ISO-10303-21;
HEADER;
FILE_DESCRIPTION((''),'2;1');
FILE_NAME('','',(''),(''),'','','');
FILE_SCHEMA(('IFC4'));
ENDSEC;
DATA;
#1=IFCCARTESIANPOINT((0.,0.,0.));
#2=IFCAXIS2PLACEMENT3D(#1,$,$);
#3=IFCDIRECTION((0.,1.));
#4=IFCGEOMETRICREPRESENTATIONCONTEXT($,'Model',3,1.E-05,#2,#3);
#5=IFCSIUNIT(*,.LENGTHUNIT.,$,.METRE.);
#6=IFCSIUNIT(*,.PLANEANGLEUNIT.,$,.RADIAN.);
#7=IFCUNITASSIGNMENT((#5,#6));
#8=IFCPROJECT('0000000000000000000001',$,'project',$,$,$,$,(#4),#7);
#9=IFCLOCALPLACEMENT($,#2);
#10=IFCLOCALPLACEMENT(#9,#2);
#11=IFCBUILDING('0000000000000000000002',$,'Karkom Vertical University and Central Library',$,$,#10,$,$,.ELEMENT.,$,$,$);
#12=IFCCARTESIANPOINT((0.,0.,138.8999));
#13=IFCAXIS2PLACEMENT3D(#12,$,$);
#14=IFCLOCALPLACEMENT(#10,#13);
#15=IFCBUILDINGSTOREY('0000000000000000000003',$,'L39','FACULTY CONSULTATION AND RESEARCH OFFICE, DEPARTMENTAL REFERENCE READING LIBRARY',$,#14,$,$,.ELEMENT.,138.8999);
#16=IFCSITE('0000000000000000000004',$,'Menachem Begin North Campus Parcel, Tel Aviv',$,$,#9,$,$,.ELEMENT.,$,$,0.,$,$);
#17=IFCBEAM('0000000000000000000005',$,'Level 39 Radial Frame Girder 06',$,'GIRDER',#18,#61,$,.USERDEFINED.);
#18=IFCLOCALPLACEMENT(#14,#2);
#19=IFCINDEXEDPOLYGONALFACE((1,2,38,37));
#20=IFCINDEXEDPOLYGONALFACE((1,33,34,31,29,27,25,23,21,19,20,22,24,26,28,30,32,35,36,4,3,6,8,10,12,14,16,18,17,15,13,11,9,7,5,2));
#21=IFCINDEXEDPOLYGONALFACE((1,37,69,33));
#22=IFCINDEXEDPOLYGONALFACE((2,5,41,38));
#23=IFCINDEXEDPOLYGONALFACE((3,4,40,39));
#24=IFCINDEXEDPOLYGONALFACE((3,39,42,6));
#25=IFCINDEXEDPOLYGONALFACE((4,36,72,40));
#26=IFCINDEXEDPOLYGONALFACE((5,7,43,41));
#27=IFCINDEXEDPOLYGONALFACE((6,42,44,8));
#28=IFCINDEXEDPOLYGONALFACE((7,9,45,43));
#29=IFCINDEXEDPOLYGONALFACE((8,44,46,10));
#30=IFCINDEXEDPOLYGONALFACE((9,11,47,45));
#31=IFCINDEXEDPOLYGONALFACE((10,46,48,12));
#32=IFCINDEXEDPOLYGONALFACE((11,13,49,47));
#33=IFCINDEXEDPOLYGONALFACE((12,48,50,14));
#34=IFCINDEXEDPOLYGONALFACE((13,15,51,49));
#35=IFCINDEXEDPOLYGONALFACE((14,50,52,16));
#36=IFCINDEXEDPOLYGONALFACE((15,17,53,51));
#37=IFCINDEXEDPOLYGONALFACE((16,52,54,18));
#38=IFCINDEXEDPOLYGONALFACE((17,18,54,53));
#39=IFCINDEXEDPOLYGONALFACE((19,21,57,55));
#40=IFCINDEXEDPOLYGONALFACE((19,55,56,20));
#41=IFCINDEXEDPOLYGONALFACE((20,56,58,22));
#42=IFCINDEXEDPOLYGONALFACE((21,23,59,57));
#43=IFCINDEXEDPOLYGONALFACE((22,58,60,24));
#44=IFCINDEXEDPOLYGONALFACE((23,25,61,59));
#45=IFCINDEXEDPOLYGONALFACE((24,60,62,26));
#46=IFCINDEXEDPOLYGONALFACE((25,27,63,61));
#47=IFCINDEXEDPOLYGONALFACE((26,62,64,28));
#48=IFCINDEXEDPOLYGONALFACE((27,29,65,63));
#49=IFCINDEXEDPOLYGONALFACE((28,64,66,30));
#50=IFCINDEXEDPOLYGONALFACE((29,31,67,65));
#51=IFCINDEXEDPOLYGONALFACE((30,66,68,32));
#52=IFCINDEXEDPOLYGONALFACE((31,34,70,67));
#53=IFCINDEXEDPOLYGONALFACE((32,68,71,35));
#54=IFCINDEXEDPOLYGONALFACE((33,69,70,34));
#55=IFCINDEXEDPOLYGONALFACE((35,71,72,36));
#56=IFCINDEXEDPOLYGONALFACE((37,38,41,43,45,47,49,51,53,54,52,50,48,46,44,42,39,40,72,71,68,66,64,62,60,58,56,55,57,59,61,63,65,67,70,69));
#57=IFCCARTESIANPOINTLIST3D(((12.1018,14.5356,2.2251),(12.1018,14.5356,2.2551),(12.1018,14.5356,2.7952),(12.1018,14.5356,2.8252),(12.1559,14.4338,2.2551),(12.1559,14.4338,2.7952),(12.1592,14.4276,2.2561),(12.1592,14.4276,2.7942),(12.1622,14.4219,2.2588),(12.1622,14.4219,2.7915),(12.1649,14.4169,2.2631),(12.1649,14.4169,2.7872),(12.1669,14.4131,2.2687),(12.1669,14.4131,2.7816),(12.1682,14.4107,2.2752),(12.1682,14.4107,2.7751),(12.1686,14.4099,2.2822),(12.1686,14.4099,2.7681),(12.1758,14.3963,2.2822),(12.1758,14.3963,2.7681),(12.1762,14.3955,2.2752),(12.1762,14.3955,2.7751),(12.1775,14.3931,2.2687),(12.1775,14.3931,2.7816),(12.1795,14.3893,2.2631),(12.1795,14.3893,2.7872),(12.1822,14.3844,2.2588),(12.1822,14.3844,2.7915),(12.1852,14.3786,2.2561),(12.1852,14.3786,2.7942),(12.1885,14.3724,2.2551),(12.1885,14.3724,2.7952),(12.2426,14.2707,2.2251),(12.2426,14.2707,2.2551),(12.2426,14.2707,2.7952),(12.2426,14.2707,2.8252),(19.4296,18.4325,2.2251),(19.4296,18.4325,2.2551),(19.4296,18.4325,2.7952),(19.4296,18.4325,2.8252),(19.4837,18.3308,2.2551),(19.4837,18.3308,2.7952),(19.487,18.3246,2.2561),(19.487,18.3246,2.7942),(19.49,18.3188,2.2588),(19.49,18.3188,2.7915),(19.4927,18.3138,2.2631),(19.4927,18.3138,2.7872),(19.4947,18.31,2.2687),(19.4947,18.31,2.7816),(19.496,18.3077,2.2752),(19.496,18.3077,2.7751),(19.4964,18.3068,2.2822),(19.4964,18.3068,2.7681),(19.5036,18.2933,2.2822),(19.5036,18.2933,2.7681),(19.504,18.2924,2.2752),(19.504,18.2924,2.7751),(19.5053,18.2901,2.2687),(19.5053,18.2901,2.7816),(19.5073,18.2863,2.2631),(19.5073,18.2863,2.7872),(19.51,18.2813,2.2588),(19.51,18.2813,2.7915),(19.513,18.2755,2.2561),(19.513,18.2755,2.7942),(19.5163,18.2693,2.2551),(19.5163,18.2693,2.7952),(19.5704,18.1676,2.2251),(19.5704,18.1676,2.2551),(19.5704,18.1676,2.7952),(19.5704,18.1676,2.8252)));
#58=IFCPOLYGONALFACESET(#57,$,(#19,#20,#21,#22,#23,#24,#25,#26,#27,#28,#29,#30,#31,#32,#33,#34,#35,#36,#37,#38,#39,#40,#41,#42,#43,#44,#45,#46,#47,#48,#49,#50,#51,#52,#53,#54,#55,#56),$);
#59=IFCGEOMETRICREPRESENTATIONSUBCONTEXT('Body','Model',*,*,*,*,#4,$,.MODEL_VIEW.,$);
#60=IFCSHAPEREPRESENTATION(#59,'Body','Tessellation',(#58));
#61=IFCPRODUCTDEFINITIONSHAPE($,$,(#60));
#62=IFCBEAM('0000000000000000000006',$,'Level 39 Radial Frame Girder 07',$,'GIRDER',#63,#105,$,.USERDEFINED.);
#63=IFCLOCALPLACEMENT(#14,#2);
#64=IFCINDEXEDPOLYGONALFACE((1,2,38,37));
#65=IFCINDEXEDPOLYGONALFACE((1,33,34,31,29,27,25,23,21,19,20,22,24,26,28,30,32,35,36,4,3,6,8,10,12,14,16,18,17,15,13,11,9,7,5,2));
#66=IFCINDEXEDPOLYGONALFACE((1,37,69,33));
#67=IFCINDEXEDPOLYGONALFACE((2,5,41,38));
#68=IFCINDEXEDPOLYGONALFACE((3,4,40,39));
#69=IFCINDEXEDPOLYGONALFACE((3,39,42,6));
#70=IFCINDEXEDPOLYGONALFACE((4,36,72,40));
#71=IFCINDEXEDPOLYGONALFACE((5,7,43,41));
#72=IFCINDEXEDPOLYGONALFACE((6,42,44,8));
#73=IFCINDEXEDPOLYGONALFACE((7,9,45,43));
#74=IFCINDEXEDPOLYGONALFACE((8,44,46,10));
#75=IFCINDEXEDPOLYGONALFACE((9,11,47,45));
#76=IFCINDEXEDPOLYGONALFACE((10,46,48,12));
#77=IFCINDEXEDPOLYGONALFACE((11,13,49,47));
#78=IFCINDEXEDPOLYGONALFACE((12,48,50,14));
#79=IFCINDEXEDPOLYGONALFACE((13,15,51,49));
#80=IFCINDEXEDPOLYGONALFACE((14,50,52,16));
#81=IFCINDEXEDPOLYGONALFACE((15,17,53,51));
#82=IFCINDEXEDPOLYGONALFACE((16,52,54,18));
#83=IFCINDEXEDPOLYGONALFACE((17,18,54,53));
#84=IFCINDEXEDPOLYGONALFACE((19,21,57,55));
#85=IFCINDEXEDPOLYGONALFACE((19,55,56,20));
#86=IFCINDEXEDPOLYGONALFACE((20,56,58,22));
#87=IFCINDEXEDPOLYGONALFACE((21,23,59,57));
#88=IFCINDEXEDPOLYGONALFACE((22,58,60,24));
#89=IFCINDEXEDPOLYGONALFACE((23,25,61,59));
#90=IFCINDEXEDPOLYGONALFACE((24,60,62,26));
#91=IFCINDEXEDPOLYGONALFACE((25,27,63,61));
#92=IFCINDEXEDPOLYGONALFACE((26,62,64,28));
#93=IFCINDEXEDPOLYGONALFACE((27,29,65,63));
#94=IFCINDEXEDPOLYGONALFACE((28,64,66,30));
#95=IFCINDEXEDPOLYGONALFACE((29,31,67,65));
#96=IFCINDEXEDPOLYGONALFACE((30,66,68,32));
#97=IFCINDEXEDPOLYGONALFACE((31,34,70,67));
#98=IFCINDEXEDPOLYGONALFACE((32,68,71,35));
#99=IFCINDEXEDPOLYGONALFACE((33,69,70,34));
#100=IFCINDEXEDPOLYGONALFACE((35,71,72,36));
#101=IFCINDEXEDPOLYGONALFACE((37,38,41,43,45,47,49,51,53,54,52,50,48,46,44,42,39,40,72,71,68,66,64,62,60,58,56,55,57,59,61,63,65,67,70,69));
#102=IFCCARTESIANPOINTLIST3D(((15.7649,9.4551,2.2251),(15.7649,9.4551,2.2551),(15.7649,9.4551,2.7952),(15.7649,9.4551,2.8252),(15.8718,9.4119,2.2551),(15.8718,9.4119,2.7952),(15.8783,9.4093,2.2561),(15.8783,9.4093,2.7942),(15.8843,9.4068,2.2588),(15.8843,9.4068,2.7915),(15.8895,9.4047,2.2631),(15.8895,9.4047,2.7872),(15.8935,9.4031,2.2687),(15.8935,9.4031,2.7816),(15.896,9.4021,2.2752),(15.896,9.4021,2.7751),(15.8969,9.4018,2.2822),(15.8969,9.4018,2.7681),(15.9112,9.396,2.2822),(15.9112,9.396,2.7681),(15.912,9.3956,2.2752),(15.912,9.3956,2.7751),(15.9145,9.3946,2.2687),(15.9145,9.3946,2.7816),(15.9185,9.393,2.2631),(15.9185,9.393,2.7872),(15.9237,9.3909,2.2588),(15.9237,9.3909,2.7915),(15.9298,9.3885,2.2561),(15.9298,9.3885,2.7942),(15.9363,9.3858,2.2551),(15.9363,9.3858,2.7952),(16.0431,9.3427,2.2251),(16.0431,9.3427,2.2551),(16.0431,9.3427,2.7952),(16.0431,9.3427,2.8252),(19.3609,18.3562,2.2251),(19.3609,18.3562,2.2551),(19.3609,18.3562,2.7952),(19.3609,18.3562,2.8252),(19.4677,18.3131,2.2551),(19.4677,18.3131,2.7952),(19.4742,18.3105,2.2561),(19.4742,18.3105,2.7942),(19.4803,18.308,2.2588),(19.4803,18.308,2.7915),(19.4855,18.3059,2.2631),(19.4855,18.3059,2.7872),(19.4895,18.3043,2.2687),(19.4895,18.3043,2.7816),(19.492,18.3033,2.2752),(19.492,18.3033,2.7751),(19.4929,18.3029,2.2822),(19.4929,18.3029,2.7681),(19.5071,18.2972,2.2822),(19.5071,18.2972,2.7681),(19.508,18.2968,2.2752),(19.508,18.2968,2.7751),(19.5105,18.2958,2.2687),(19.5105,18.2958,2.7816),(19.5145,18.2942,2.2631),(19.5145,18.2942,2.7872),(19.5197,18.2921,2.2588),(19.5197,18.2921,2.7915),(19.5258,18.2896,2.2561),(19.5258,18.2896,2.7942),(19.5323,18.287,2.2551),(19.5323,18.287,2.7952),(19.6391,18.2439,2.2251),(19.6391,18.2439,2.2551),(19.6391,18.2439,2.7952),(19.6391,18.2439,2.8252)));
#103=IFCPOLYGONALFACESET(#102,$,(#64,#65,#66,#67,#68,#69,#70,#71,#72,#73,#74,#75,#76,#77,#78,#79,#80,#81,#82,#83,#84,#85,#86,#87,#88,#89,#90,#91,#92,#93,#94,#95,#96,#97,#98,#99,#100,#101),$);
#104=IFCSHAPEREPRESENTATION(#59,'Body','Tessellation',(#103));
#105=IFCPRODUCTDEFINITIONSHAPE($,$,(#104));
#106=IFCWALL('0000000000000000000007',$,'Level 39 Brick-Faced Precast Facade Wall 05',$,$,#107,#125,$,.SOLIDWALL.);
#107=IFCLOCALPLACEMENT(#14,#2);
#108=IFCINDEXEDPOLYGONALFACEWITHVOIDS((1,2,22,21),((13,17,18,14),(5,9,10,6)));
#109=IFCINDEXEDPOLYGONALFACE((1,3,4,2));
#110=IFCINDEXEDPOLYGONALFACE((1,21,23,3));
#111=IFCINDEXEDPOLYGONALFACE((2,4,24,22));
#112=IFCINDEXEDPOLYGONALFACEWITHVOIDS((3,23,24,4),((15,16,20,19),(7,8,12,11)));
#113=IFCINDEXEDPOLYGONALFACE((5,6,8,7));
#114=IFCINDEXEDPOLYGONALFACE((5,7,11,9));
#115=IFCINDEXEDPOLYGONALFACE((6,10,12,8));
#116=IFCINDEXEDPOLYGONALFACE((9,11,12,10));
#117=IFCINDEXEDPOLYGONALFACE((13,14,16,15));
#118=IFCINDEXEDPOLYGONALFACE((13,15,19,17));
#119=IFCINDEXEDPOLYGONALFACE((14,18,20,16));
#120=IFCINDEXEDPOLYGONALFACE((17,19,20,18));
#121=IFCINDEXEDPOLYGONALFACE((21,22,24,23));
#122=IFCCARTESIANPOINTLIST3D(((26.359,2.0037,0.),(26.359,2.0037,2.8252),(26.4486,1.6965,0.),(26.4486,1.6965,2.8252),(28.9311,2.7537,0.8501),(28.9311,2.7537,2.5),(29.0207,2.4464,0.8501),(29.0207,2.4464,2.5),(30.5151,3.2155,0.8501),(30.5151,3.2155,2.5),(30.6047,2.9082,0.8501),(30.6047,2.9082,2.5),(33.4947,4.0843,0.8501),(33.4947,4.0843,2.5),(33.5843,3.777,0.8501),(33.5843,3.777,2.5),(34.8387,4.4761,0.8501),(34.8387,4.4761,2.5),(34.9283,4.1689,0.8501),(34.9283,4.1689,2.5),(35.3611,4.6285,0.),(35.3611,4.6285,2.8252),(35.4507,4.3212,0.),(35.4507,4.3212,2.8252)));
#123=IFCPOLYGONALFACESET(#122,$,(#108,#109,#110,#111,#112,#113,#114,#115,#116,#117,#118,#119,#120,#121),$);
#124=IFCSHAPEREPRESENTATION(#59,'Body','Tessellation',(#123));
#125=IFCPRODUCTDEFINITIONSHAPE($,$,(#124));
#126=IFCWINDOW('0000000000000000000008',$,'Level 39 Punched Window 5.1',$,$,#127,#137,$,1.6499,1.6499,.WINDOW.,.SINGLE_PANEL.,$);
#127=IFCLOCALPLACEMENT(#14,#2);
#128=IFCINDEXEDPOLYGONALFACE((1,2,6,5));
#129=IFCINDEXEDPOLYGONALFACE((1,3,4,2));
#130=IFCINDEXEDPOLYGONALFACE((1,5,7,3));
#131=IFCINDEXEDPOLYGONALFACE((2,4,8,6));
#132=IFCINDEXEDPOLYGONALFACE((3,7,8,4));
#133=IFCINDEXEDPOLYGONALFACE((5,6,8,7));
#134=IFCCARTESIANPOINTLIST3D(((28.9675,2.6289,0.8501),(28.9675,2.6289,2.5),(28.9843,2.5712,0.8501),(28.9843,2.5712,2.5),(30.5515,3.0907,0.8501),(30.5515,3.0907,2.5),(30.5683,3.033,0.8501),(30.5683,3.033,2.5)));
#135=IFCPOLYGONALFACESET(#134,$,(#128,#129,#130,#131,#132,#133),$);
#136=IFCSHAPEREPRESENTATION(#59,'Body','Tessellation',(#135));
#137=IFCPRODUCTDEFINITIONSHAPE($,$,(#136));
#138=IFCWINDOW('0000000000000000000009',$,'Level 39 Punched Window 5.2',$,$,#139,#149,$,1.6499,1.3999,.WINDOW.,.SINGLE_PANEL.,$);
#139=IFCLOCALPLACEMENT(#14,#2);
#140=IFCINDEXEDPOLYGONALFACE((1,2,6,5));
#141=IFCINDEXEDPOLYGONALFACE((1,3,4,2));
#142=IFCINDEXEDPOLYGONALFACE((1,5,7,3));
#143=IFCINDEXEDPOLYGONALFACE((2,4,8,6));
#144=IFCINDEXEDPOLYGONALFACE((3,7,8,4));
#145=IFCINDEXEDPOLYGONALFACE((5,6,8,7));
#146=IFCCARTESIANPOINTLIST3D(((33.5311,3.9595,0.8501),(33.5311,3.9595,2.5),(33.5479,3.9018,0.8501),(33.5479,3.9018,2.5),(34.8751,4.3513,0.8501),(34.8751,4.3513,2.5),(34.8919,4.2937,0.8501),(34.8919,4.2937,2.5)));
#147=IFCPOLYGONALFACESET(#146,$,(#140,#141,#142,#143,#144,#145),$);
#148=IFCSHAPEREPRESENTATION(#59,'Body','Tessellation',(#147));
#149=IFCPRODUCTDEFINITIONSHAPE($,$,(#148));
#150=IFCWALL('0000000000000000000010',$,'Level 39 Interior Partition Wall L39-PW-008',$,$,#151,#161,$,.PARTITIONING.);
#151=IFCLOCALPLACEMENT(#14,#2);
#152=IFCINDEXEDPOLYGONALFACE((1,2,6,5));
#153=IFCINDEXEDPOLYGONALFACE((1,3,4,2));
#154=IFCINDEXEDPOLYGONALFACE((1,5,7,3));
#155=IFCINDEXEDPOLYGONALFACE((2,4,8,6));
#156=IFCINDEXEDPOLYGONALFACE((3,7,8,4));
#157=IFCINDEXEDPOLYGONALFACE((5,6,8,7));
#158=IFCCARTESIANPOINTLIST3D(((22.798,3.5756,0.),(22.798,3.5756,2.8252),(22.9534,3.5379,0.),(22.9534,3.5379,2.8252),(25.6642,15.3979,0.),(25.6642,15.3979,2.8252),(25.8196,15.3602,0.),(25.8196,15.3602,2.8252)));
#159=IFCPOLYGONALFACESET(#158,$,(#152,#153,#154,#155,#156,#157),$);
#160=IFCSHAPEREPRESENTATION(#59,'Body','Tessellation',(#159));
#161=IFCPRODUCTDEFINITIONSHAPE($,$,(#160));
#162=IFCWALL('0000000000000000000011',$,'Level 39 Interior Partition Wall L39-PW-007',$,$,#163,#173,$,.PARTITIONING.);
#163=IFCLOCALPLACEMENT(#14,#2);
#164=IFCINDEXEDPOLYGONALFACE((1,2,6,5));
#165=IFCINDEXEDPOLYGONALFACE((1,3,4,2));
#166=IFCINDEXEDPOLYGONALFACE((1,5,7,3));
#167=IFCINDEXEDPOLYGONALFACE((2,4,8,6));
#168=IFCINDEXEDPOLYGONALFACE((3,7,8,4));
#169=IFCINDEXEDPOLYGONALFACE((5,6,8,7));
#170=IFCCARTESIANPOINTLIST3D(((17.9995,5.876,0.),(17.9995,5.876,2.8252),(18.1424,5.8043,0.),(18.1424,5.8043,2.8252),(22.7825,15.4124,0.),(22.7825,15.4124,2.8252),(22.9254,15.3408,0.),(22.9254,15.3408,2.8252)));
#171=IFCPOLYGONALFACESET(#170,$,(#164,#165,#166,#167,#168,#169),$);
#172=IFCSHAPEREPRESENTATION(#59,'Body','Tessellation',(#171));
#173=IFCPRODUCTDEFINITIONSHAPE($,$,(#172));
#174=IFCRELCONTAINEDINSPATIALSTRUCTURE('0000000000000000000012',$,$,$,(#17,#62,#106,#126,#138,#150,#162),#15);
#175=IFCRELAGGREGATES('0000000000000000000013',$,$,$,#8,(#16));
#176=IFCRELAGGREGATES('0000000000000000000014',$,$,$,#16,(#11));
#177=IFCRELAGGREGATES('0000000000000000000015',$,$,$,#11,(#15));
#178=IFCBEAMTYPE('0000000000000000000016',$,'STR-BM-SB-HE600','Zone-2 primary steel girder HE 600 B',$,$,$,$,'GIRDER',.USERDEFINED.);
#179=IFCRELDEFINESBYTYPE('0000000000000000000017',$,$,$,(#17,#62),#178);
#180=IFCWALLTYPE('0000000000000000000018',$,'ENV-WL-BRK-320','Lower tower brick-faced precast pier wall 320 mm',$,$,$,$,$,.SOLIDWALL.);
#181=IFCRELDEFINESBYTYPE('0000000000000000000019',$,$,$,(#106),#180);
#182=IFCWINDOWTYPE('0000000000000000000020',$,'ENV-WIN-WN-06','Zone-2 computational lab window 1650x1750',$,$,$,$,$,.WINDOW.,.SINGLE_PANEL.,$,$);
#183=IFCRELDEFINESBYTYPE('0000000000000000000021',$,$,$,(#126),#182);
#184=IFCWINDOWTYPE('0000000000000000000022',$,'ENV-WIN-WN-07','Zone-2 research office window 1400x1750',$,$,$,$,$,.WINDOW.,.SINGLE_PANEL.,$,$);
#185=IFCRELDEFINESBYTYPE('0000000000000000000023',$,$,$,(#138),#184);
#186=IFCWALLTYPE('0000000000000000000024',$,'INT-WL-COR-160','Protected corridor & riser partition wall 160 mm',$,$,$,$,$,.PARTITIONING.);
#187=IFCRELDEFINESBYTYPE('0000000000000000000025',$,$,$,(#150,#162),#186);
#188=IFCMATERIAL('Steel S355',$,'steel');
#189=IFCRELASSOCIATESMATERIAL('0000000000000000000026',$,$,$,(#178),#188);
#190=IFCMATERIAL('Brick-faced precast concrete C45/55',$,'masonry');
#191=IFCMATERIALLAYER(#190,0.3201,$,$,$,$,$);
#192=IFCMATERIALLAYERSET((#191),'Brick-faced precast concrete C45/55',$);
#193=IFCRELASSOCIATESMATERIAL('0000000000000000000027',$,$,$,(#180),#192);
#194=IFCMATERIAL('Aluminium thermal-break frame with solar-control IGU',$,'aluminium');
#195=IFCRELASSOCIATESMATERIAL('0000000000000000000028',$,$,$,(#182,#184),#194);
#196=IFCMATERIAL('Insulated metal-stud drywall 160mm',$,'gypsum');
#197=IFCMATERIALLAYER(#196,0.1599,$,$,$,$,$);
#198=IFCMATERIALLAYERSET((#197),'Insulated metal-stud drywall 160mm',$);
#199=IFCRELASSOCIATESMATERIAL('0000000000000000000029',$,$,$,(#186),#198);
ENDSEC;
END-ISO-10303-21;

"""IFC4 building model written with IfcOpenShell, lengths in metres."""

from ifc_helpers import new_model, si_unit, direction, frame, frame_2d, origin, origin_with_axes, origin_2d, place, context, subcontext, project, spatial, rectangle, i_section, extrude, source, transform, mapped, material, layer, layer_set, material_profile, profile_set, type_object, element, fill, save


model = new_model("IFC4")

# Units and contexts
model_context = context("Model", 3, precision=1e-05, world=origin(), true_north=direction((0.0, 1.0)))
body_context = subcontext(model_context, "Body", "Model", "MODEL_VIEW")
ifc_project = project(units=[si_unit("LENGTHUNIT", "METRE"), si_unit("PLANEANGLEUNIT", "RADIAN")], contexts=[model_context])

# Site, building, storey
site_placement = place(None, origin())
site = spatial("IfcSite", under=ifc_project, at=site_placement, Name="Menachem Begin North Campus Parcel, Tel Aviv", CompositionType="ELEMENT", RefElevation=0.0)
building_placement = place(site_placement, origin())
building = spatial("IfcBuilding", under=site, at=building_placement, Name="Karkom Vertical University and Central Library", CompositionType="ELEMENT")
storey_placement = place(building_placement, frame((0.0, 0.0, 138.8999)))
storey = spatial("IfcBuildingStorey", under=building, at=storey_placement, Name="L39", Description="FACULTY CONSULTATION AND RESEARCH OFFICE, DEPARTMENTAL REFERENCE READING LIBRARY", CompositionType="ELEMENT", Elevation=138.8999)

# Beams
ifc_material_1 = material(Name="Steel S355", Category="steel")
ifc_material_profile_1 = material_profile(ifc_material_1, i_section(OverallWidth=0.3, OverallDepth=0.6001, WebThickness=0.0154, FlangeThickness=0.03, FilletRadius=0.0271, at=origin_2d()), Name="HE 600 B")
ifc_profile_set_1 = profile_set([ifc_material_profile_1], Name="Steel S355")
beam_type_1 = type_object("IfcBeamType", Name="STR-BM-SB-HE600", Description="Zone-2 primary steel girder HE 600 B", ElementType="GIRDER", PredefinedType="USERDEFINED", material=ifc_profile_set_1)
shared_shape_1 = source(origin_with_axes(), body_context, "Body", "SweptSolid", [
    extrude(i_section(OverallWidth=0.3, OverallDepth=0.6001, WebThickness=0.0154, FlangeThickness=0.03, FilletRadius=0.0271, at=origin_2d()), origin(), (0.0, 0.0, 1.0), 8.2996),
])
beam_1_placement = place(storey_placement, frame((19.5, 18.3, 2.5251), z_axis=(-0.882914, -0.469534, 0.0), x_axis=(0.469534, -0.882914, 0.0)))
element("IfcBeam", 1, at=beam_1_placement, inside=storey, type_object=beam_type_1, Name="Level 39 Radial Frame Girder 06", ObjectType="GIRDER", PredefinedType="USERDEFINED", context=body_context, shape_type="MappedRepresentation", body=[
    mapped(shared_shape_1, transform((0.0, 0.0, 0.0), scale=1.0)),
])
shared_shape_2 = source(origin_with_axes(), body_context, "Body", "SweptSolid", [
    extrude(i_section(OverallWidth=0.3, OverallDepth=0.6001, WebThickness=0.0154, FlangeThickness=0.03, FilletRadius=0.0271, at=origin_2d()), origin(), (0.0, 0.0, 1.0), 9.6001),
])
beam_2_placement = place(storey_placement, frame((19.5, 18.3, 2.5251), z_axis=(-0.374576, -0.927196, 0.0), x_axis=(0.927196, -0.374576, 0.0)))
element("IfcBeam", 2, at=beam_2_placement, inside=storey, type_object=beam_type_1, Name="Level 39 Radial Frame Girder 07", ObjectType="GIRDER", PredefinedType="USERDEFINED", context=body_context, shape_type="MappedRepresentation", body=[
    mapped(shared_shape_2, transform((0.0, 0.0, 0.0), scale=1.0)),
])

# Wall, openings, windows
ifc_material_2 = material(Name="Brick-faced precast concrete C45/55", Category="masonry")
ifc_layer_1 = layer(ifc_material_2, 0.3201)
ifc_layer_set_1 = layer_set([ifc_layer_1], Name="Brick-faced precast concrete C45/55")
wall_type_1 = type_object("IfcWallType", Name="ENV-WL-BRK-320", Description="Lower tower brick-faced precast pier wall 320 mm", PredefinedType="SOLIDWALL", material=ifc_layer_set_1)
wall_1_placement = place(storey_placement, frame((26.4038, 1.8501, 0.0), z_axis=(0.0, 0.0, 1.0), x_axis=(0.960025, 0.279913, 0.0)))
wall_1 = element("IfcWall", 3, at=wall_1_placement, inside=storey, type_object=wall_type_1, Name="Level 39 Brick-Faced Precast Facade Wall 05", PredefinedType="SOLIDWALL", context=body_context, shape_type="SweptSolid", body=[
    extrude(rectangle(XDim=9.377, YDim=0.3201, at=frame_2d((4.6885, 0.0))), origin(), (0.0, 0.0, 1.0), 2.8252),
])
opening_1_placement = place(wall_1_placement, frame((2.6792, 0.0, 0.8501)))
opening_1 = element("IfcOpeningElement", 4, at=opening_1_placement, cuts=wall_1, PredefinedType="OPENING", context=body_context, shape_type="SweptSolid", body=[
    extrude(rectangle(XDim=1.6499, YDim=1.6499, at=frame_2d((0.825, 0.825))), frame((0.0, 0.1699, 0.0), z_axis=(0.0, -1.0, 0.0), x_axis=(1.0, 0.0, 0.0)), (0.0, 0.0, 1.0), 0.3401),
])
opening_2_placement = place(wall_1_placement, frame((7.4329, 0.0, 0.8501)))
opening_2 = element("IfcOpeningElement", 5, at=opening_2_placement, cuts=wall_1, PredefinedType="OPENING", context=body_context, shape_type="SweptSolid", body=[
    extrude(rectangle(XDim=1.3999, YDim=1.6499, at=frame_2d((0.7, 0.825))), frame((0.0, 0.1699, 0.0), z_axis=(0.0, -1.0, 0.0), x_axis=(1.0, 0.0, 0.0)), (0.0, 0.0, 1.0), 0.3401),
])
ifc_material_3 = material(Name="Aluminium thermal-break frame with solar-control IGU", Category="aluminium")
window_type_1 = type_object("IfcWindowType", Name="ENV-WIN-WN-06", Description="Zone-2 computational lab window 1650x1750", PartitioningType="SINGLE_PANEL", PredefinedType="WINDOW", material=ifc_material_3)
shared_shape_3 = source(origin_with_axes(), body_context, "Body", "SweptSolid", [
    extrude(rectangle(XDim=1.6499, YDim=1.6499, at=frame_2d((0.825, 0.825))), frame((0.0, 0.03, 0.0), z_axis=(0.0, -1.0, 0.0), x_axis=(1.0, 0.0, 0.0)), (0.0, 0.0, 1.0), 0.0601),
])
window_1_placement = place(opening_1_placement, origin())
window_1 = element("IfcWindow", 6, at=window_1_placement, inside=storey, type_object=window_type_1, Name="Level 39 Punched Window 5.1", OverallHeight=1.6499, OverallWidth=1.6499, PartitioningType="SINGLE_PANEL", PredefinedType="WINDOW", context=body_context, shape_type="MappedRepresentation", body=[
    mapped(shared_shape_3, transform((0.0, 0.0, 0.0), scale=1.0)),
])
fill(opening_1, window_1)
window_type_2 = type_object("IfcWindowType", Name="ENV-WIN-WN-07", Description="Zone-2 research office window 1400x1750", PartitioningType="SINGLE_PANEL", PredefinedType="WINDOW", material=ifc_material_3)
shared_shape_4 = source(origin_with_axes(), body_context, "Body", "SweptSolid", [
    extrude(rectangle(XDim=1.3999, YDim=1.6499, at=frame_2d((0.7, 0.825))), frame((0.0, 0.03, 0.0), z_axis=(0.0, -1.0, 0.0), x_axis=(1.0, 0.0, 0.0)), (0.0, 0.0, 1.0), 0.0601),
])
window_2_placement = place(opening_2_placement, origin())
window_2 = element("IfcWindow", 7, at=window_2_placement, inside=storey, type_object=window_type_2, Name="Level 39 Punched Window 5.2", OverallHeight=1.6499, OverallWidth=1.3999, PartitioningType="SINGLE_PANEL", PredefinedType="WINDOW", context=body_context, shape_type="MappedRepresentation", body=[
    mapped(shared_shape_4, transform((0.0, 0.0, 0.0), scale=1.0)),
])
fill(opening_2, window_2)

# Walls
ifc_material_4 = material(Name="Insulated metal-stud drywall 160mm", Category="gypsum")
ifc_layer_2 = layer(ifc_material_4, 0.1599)
ifc_layer_set_2 = layer_set([ifc_layer_2], Name="Insulated metal-stud drywall 160mm")
wall_type_2 = type_object("IfcWallType", Name="INT-WL-COR-160", Description="Protected corridor & riser partition wall 160 mm", PredefinedType="PARTITIONING", material=ifc_layer_set_2)
wall_2_placement = place(storey_placement, frame((25.7419, 15.3792, 0.0), z_axis=(0.0, 0.0, 1.0), x_axis=(-0.235616, -0.971846, 0.0)))
element("IfcWall", 8, at=wall_2_placement, inside=storey, type_object=wall_type_2, Name="Level 39 Interior Partition Wall L39-PW-008", PredefinedType="PARTITIONING", context=body_context, shape_type="SweptSolid", body=[
    extrude(rectangle(XDim=12.1648, YDim=0.1599, at=frame_2d((6.0825, 0.0))), origin(), (0.0, 0.0, 1.0), 2.8252),
])
wall_3_placement = place(storey_placement, frame((22.854, 15.3767, 0.0), z_axis=(0.0, 0.0, 1.0), x_axis=(-0.448321, -0.893873, 0.0)))
element("IfcWall", 9, at=wall_3_placement, inside=storey, type_object=wall_type_2, Name="Level 39 Interior Partition Wall L39-PW-007", PredefinedType="PARTITIONING", context=body_context, shape_type="SweptSolid", body=[
    extrude(rectangle(XDim=10.6687, YDim=0.1599, at=frame_2d((5.3345, 0.0))), origin(), (0.0, 0.0, 1.0), 2.8252),
])

save(model, "model.ifc")
